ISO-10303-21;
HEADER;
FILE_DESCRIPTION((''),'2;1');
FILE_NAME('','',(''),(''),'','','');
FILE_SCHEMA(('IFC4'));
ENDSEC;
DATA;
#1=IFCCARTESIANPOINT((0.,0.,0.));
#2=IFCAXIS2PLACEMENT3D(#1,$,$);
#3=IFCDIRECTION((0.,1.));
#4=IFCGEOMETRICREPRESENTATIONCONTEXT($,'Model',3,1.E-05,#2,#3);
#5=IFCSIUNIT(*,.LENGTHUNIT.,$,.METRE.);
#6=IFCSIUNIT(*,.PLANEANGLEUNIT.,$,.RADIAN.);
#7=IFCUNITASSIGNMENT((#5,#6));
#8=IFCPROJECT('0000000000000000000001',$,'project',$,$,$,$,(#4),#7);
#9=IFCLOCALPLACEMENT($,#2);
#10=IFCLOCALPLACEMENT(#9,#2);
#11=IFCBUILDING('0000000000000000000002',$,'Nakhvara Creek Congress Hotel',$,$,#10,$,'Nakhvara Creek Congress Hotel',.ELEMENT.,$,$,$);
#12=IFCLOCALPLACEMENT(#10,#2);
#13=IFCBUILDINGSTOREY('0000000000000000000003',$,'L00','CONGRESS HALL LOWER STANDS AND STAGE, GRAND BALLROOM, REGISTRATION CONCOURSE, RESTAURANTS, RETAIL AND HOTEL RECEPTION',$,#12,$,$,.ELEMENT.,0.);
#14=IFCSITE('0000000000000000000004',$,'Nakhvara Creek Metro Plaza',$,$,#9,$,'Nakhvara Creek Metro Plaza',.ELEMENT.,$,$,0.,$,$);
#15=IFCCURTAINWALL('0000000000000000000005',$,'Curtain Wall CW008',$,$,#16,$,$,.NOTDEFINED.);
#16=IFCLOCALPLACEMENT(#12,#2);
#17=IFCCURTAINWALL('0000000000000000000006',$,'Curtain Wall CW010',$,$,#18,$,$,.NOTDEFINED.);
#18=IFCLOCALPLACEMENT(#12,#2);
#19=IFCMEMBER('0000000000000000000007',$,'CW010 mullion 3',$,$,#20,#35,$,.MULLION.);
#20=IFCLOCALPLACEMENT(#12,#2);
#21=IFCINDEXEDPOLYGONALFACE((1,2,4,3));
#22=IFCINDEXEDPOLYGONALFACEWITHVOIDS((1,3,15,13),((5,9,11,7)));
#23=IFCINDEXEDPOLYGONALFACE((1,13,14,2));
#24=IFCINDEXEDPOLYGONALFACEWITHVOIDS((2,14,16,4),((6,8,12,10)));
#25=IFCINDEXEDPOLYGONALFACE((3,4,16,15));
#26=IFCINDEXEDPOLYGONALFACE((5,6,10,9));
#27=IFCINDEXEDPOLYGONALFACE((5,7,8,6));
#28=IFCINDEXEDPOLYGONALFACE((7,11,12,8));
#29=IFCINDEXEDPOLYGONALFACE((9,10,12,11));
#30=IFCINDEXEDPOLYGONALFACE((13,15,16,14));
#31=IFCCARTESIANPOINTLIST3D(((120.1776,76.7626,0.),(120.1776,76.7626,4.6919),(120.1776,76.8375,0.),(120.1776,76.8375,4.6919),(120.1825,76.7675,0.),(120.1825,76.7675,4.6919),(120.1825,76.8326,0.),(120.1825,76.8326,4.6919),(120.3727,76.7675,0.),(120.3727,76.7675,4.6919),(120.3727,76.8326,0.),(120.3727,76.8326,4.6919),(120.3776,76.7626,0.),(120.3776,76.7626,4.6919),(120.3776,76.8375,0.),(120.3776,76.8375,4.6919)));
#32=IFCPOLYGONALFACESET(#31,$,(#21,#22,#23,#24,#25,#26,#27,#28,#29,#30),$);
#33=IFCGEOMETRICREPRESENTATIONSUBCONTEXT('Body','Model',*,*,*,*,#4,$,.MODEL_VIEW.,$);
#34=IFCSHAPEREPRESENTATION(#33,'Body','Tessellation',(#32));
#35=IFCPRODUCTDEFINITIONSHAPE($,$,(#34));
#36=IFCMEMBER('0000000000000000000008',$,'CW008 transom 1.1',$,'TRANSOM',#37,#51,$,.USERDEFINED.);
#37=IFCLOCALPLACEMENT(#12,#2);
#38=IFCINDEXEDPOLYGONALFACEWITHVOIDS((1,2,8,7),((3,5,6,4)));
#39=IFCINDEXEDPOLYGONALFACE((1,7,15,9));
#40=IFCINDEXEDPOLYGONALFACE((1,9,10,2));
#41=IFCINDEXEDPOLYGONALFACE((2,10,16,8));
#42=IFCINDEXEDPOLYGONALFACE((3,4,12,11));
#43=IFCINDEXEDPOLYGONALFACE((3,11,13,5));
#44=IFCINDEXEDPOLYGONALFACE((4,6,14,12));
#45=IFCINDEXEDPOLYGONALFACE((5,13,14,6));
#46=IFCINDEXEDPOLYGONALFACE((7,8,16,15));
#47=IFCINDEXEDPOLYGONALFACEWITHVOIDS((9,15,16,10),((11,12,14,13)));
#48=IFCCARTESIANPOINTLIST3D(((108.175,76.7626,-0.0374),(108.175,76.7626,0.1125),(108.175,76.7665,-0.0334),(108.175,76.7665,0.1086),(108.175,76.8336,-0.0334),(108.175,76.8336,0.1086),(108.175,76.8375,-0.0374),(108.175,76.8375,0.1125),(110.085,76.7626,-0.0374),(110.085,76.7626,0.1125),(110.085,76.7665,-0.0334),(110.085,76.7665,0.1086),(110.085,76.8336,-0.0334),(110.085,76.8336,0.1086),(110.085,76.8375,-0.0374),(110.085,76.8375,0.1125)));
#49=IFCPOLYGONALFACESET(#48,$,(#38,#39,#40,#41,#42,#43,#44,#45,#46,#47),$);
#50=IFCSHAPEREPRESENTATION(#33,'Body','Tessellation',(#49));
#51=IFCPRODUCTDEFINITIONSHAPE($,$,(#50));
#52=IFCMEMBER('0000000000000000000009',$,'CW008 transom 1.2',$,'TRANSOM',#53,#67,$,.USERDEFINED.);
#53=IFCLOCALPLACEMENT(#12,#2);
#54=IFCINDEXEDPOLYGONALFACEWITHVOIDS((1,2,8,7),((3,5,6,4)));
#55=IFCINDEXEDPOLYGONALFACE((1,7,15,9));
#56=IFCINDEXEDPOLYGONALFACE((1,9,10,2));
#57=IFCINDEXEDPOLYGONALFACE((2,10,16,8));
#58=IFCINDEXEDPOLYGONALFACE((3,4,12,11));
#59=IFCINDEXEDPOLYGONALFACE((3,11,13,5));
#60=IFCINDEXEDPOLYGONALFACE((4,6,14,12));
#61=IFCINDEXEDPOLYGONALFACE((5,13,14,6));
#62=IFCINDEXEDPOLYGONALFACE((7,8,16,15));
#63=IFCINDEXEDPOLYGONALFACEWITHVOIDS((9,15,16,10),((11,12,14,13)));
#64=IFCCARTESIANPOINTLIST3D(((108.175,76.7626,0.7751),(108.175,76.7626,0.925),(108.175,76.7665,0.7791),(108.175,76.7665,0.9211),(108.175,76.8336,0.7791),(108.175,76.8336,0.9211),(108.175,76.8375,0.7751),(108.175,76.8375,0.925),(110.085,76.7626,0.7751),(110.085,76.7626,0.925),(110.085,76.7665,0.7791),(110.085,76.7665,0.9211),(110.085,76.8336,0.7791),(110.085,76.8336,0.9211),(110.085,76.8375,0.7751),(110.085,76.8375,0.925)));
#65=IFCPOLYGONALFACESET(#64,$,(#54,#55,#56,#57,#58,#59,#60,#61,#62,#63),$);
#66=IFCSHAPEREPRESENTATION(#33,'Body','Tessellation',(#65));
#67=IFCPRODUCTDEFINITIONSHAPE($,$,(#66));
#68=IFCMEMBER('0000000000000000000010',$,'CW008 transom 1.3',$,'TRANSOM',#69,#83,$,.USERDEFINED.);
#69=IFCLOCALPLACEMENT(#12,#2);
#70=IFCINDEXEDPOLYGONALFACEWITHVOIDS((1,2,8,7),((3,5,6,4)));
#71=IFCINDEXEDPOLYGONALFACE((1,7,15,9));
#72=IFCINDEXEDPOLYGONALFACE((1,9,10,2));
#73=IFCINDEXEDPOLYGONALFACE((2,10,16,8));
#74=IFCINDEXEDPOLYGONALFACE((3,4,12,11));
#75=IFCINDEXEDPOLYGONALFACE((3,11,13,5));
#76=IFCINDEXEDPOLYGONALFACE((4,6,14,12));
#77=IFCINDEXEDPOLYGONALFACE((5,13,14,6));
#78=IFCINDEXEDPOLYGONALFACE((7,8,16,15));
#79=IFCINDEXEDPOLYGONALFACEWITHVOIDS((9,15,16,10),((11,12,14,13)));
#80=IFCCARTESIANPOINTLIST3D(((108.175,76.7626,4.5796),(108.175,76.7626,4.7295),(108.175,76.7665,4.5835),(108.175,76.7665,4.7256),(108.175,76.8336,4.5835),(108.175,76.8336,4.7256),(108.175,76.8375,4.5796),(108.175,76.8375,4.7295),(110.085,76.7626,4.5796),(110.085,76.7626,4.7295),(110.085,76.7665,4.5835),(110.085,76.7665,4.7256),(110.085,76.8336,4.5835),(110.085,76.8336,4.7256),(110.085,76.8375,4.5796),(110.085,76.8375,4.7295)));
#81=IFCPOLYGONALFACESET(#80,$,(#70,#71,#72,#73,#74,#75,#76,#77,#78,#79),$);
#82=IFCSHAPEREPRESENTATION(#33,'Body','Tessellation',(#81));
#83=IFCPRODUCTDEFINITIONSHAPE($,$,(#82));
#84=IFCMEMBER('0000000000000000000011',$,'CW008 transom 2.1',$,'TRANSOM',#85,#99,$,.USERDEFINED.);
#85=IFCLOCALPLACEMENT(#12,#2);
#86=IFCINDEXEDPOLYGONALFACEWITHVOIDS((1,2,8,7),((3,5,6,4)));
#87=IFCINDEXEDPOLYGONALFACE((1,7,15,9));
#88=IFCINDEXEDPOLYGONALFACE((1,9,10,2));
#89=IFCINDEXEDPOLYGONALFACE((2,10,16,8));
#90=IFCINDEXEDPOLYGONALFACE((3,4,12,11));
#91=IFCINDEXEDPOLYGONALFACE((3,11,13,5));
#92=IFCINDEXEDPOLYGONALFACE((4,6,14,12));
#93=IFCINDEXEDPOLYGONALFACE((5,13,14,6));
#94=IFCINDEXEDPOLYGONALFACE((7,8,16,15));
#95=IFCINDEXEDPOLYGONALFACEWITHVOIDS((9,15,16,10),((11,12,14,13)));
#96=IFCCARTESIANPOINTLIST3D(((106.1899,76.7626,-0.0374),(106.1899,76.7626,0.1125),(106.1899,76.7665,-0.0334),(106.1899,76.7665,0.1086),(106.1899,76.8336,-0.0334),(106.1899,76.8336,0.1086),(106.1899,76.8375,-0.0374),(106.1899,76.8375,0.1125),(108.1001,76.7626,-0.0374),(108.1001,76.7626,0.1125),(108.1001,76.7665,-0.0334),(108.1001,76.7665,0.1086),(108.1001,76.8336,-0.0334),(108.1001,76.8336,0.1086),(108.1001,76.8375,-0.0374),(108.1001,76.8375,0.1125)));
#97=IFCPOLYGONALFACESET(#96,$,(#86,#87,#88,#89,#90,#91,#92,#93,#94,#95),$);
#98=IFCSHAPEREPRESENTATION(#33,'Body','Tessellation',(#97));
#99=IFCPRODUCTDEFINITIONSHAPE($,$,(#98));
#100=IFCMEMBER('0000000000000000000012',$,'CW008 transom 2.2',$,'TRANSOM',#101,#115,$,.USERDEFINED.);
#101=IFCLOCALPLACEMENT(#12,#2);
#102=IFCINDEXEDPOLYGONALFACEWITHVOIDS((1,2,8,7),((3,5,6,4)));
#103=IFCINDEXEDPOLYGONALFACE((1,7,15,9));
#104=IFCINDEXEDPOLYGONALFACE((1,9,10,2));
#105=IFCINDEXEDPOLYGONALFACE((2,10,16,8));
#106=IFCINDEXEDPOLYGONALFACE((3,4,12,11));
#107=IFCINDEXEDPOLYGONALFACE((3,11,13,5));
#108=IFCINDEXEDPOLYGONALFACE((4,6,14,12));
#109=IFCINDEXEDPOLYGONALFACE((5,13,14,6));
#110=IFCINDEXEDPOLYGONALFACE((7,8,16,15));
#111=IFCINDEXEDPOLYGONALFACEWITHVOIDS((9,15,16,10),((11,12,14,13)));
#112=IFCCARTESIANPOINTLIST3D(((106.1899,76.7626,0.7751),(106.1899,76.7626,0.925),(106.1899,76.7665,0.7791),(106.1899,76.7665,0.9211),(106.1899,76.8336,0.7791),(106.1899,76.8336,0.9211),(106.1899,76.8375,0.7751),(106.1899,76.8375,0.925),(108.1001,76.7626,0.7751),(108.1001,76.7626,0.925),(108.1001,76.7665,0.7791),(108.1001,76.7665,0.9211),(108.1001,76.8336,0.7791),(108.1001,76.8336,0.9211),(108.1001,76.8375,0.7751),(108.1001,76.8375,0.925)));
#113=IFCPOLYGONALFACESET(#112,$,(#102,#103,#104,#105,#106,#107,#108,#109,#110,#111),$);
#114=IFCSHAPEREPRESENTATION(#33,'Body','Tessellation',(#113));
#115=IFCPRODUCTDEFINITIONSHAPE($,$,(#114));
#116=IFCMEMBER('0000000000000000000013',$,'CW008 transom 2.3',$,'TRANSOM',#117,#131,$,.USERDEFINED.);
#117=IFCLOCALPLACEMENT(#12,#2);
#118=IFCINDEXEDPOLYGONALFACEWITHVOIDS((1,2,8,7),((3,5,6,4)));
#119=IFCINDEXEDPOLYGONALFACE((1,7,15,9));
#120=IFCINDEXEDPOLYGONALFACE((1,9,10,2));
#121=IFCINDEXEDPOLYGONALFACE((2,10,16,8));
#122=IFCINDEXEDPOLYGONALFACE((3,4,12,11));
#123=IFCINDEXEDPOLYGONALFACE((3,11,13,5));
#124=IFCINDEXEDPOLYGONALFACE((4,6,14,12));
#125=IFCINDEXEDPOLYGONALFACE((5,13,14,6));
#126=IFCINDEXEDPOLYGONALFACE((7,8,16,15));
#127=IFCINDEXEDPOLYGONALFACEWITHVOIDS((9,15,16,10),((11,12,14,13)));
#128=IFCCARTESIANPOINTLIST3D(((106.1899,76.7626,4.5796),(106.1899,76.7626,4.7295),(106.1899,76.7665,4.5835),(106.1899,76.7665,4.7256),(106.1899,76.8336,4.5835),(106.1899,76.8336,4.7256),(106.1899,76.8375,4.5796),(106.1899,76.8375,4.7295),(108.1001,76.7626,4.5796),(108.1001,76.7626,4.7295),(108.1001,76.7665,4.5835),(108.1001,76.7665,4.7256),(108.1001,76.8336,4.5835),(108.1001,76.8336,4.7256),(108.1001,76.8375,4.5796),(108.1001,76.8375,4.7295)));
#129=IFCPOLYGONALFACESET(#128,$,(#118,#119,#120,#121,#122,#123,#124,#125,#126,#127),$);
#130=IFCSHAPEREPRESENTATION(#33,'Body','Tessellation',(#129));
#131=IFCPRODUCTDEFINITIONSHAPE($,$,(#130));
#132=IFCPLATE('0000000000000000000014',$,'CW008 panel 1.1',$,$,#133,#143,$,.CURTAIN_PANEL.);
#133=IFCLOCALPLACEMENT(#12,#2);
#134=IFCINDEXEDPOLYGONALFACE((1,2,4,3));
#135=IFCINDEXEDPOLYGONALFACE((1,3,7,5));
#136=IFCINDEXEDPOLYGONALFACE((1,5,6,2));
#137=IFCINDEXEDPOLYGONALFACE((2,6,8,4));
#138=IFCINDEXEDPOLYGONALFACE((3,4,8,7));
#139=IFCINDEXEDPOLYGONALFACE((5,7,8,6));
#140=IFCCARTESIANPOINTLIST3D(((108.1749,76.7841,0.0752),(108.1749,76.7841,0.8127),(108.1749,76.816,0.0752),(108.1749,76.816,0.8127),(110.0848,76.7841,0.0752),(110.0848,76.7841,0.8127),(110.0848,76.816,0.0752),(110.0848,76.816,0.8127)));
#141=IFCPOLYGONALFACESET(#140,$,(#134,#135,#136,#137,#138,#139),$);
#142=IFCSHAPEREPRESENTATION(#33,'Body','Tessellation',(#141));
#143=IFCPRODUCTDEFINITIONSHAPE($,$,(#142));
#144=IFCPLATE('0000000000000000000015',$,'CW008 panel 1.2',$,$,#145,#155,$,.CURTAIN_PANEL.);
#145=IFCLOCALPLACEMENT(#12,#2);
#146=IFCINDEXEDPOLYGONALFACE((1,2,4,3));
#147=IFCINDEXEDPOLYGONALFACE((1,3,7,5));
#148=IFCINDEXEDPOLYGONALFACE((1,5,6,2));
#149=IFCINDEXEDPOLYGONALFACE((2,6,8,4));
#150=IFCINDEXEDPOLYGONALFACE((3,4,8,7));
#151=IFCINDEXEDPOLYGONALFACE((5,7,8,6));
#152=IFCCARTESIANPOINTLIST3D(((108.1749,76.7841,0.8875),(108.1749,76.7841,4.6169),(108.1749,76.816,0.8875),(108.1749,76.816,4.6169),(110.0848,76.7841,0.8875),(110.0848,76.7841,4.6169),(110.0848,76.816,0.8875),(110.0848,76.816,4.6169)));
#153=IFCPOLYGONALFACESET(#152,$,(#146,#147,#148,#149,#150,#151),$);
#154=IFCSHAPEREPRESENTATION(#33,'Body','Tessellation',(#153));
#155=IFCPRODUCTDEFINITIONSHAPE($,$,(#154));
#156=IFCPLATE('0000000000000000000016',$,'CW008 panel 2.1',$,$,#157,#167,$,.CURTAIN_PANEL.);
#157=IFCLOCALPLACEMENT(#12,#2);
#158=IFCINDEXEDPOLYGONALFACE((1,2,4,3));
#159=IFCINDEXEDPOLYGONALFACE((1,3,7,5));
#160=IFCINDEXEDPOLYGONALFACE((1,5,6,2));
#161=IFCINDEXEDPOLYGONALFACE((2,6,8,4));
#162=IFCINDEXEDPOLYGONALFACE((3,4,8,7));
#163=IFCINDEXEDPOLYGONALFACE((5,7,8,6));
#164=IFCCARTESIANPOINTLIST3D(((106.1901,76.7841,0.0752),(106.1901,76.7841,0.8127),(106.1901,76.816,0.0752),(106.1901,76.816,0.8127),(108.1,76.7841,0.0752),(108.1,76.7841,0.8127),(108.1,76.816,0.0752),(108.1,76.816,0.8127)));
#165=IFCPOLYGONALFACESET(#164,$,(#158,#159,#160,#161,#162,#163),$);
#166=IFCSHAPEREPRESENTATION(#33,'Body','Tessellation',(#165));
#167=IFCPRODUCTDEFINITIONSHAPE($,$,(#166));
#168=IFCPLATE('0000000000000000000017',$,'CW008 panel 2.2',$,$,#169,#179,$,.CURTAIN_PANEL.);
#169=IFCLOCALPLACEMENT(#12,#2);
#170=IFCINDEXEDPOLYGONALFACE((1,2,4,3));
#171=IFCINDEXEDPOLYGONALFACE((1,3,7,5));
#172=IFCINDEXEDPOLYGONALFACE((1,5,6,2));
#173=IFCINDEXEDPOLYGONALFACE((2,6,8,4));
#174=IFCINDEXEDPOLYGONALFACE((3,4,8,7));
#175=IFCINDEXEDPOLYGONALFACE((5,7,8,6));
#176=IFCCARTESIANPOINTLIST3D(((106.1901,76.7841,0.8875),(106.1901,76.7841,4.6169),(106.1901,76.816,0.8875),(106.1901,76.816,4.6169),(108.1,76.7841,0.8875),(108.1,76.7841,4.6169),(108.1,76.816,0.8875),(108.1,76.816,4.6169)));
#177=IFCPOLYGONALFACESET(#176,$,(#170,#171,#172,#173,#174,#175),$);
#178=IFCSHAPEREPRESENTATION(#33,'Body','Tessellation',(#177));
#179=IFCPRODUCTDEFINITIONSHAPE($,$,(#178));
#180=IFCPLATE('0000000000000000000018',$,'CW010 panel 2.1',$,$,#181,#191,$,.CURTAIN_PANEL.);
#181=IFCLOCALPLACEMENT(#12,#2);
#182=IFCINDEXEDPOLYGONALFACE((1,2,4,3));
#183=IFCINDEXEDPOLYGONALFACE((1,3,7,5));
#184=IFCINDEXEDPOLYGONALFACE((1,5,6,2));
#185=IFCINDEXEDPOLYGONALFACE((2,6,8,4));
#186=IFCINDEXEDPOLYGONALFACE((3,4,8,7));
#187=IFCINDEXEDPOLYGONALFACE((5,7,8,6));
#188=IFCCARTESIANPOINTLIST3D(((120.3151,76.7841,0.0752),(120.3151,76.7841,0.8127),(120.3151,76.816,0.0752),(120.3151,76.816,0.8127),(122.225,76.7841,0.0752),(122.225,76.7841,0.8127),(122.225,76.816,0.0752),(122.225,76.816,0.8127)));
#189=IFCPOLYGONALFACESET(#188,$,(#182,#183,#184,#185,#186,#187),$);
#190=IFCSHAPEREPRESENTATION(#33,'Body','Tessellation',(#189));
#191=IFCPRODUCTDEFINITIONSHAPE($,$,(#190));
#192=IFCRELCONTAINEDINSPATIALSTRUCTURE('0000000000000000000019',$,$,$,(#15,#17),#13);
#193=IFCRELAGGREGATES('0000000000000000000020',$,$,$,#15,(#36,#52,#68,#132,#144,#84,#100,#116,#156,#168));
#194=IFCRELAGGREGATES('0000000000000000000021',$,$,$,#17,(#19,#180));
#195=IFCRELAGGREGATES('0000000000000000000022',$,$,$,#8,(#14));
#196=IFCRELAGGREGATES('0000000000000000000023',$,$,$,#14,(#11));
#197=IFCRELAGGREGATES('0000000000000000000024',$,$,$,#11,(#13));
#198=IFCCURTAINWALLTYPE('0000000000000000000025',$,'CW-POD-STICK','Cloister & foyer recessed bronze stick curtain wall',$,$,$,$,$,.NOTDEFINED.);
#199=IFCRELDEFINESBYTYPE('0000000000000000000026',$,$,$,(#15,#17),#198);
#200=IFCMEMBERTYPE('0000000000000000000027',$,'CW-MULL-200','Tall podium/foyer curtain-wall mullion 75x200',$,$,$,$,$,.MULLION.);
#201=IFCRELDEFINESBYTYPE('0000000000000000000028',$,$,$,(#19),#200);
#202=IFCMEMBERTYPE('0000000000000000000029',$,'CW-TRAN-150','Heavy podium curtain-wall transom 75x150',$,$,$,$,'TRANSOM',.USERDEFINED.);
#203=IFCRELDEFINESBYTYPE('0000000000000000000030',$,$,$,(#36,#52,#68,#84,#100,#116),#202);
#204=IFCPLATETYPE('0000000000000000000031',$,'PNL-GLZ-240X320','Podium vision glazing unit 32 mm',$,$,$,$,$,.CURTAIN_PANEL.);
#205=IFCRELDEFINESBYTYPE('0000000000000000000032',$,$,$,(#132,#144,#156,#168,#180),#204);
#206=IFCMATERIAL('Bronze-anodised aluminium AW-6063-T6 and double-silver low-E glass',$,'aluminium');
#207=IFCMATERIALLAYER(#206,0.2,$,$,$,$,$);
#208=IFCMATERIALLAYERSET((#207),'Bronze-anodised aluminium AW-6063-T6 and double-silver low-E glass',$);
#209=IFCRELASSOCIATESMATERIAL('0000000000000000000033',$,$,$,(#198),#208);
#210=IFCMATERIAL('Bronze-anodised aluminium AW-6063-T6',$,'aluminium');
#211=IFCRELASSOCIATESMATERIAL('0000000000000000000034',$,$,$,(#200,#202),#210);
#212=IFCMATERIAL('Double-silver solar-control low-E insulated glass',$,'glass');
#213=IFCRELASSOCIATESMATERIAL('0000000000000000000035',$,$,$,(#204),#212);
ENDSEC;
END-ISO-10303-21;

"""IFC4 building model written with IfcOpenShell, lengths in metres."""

from ifc_helpers import new_model, si_unit, direction, frame, origin, origin_2d, place, context, subcontext, project, spatial, rectangle, hollow_rectangle, extrude, material, layer, layer_set, material_profile, profile_set, type_object, element, aggregate, save


model = new_model("IFC4")

# Units and contexts
model_context = context("Model", 3, precision=1e-05, world=origin(), true_north=direction((0.0, 1.0)))
body_context = subcontext(model_context, "Body", "Model", "MODEL_VIEW")
ifc_project = project(units=[si_unit("LENGTHUNIT", "METRE"), si_unit("PLANEANGLEUNIT", "RADIAN")], contexts=[model_context])

# Site, building, storey
site_placement = place(None, origin())
site = spatial("IfcSite", under=ifc_project, at=site_placement, Name="Nakhvara Creek Metro Plaza", LongName="Nakhvara Creek Metro Plaza", CompositionType="ELEMENT", RefElevation=0.0)
building_placement = place(site_placement, origin())
building = spatial("IfcBuilding", under=site, at=building_placement, Name="Nakhvara Creek Congress Hotel", LongName="Nakhvara Creek Congress Hotel", CompositionType="ELEMENT")
storey_placement = place(building_placement, origin())
storey = spatial("IfcBuildingStorey", under=building, at=storey_placement, Name="L00", Description="CONGRESS HALL LOWER STANDS AND STAGE, GRAND BALLROOM, REGISTRATION CONCOURSE, RESTAURANTS, RETAIL AND HOTEL RECEPTION", CompositionType="ELEMENT", Elevation=0.0)

# Curtain wall
ifc_material_1 = material(Name="Bronze-anodised aluminium AW-6063-T6 and double-silver low-E glass", Category="aluminium")
ifc_layer_1 = layer(ifc_material_1, 0.2)
ifc_layer_set_1 = layer_set([ifc_layer_1], Name="Bronze-anodised aluminium AW-6063-T6 and double-silver low-E glass")
curtain_wall_type = type_object("IfcCurtainWallType", Name="CW-POD-STICK", Description="Cloister & foyer recessed bronze stick curtain wall", PredefinedType="NOTDEFINED", material=ifc_layer_set_1)
curtain_wall_1_placement = place(storey_placement, origin())
curtain_wall_1 = element("IfcCurtainWall", 1, at=curtain_wall_1_placement, inside=storey, type_object=curtain_wall_type, Name="Curtain Wall CW008", PredefinedType="NOTDEFINED")
ifc_material_2 = material(Name="Bronze-anodised aluminium AW-6063-T6", Category="aluminium")
ifc_material_profile_1 = material_profile(ifc_material_2, hollow_rectangle(XDim=0.075, YDim=0.2, WallThickness=0.0049, at=origin_2d()), Name="ALU-MULL 75x200x5", Category="LoadBearing")
ifc_profile_set_1 = profile_set([ifc_material_profile_1], Name="Bronze-anodised aluminium AW-6063-T6")
member_type_1 = type_object("IfcMemberType", Name="CW-MULL-200", Description="Tall podium/foyer curtain-wall mullion 75x200", PredefinedType="MULLION", material=ifc_profile_set_1)

# Curtain wall, member
curtain_wall_2_placement = place(storey_placement, origin())
curtain_wall_2 = element("IfcCurtainWall", 2, at=curtain_wall_2_placement, inside=storey, type_object=curtain_wall_type, Name="Curtain Wall CW010", PredefinedType="NOTDEFINED")
member_1_placement = place(storey_placement, frame((120.2776, 76.8, 0.0), z_axis=(0.0, 0.0, 1.0), x_axis=(0.0, -1.0, 0.0)))
member_1 = element("IfcMember", 3, at=member_1_placement, type_object=member_type_1, Name="CW010 mullion 3", PredefinedType="MULLION", context=body_context, shape_type="SweptSolid", body=[
    extrude(hollow_rectangle(XDim=0.075, YDim=0.2, WallThickness=0.0049, at=origin_2d()), origin(), (0.0, 0.0, 1.0), 4.6919),
])

# Members
ifc_material_profile_2 = material_profile(ifc_material_2, hollow_rectangle(XDim=0.075, YDim=0.1499, WallThickness=0.0039, at=origin_2d()), Name="ALU-TRAN 75x150x4", Category="LoadBearing")
ifc_profile_set_2 = profile_set([ifc_material_profile_2], Name="Bronze-anodised aluminium AW-6063-T6")
member_type_2 = type_object("IfcMemberType", Name="CW-TRAN-150", Description="Heavy podium curtain-wall transom 75x150", ElementType="TRANSOM", PredefinedType="USERDEFINED", material=ifc_profile_set_2)
member_2_placement = place(storey_placement, frame((110.085, 76.8, 0.0376), z_axis=(-1.0, 0.0, 0.0), x_axis=(0.0, -1.0, 0.0)))
member_2 = element("IfcMember", 4, at=member_2_placement, type_object=member_type_2, Name="CW008 transom 1.1", ObjectType="TRANSOM", PredefinedType="USERDEFINED", context=body_context, shape_type="SweptSolid", body=[
    extrude(hollow_rectangle(XDim=0.075, YDim=0.1499, WallThickness=0.0039, at=origin_2d()), origin(), (0.0, 0.0, 1.0), 1.9099),
])
member_3_placement = place(storey_placement, frame((110.085, 76.8, 0.8501), z_axis=(-1.0, 0.0, 0.0), x_axis=(0.0, -1.0, 0.0)))
member_3 = element("IfcMember", 5, at=member_3_placement, type_object=member_type_2, Name="CW008 transom 1.2", ObjectType="TRANSOM", PredefinedType="USERDEFINED", context=body_context, shape_type="SweptSolid", body=[
    extrude(hollow_rectangle(XDim=0.075, YDim=0.1499, WallThickness=0.0039, at=origin_2d()), origin(), (0.0, 0.0, 1.0), 1.9099),
])
member_4_placement = place(storey_placement, frame((110.085, 76.8, 4.6545), z_axis=(-1.0, 0.0, 0.0), x_axis=(0.0, -1.0, 0.0)))
member_4 = element("IfcMember", 6, at=member_4_placement, type_object=member_type_2, Name="CW008 transom 1.3", ObjectType="TRANSOM", PredefinedType="USERDEFINED", context=body_context, shape_type="SweptSolid", body=[
    extrude(hollow_rectangle(XDim=0.075, YDim=0.1499, WallThickness=0.0039, at=origin_2d()), origin(), (0.0, 0.0, 1.0), 1.9099),
])
member_5_placement = place(storey_placement, frame((108.1001, 76.8, 0.0376), z_axis=(-1.0, 0.0, 0.0), x_axis=(0.0, -1.0, 0.0)))
member_5 = element("IfcMember", 7, at=member_5_placement, type_object=member_type_2, Name="CW008 transom 2.1", ObjectType="TRANSOM", PredefinedType="USERDEFINED", context=body_context, shape_type="SweptSolid", body=[
    extrude(hollow_rectangle(XDim=0.075, YDim=0.1499, WallThickness=0.0039, at=origin_2d()), origin(), (0.0, 0.0, 1.0), 1.9102),
])
member_6_placement = place(storey_placement, frame((108.1001, 76.8, 0.8501), z_axis=(-1.0, 0.0, 0.0), x_axis=(0.0, -1.0, 0.0)))
member_6 = element("IfcMember", 8, at=member_6_placement, type_object=member_type_2, Name="CW008 transom 2.2", ObjectType="TRANSOM", PredefinedType="USERDEFINED", context=body_context, shape_type="SweptSolid", body=[
    extrude(hollow_rectangle(XDim=0.075, YDim=0.1499, WallThickness=0.0039, at=origin_2d()), origin(), (0.0, 0.0, 1.0), 1.9102),
])
member_7_placement = place(storey_placement, frame((108.1001, 76.8, 4.6545), z_axis=(-1.0, 0.0, 0.0), x_axis=(0.0, -1.0, 0.0)))
member_7 = element("IfcMember", 9, at=member_7_placement, type_object=member_type_2, Name="CW008 transom 2.3", ObjectType="TRANSOM", PredefinedType="USERDEFINED", context=body_context, shape_type="SweptSolid", body=[
    extrude(hollow_rectangle(XDim=0.075, YDim=0.1499, WallThickness=0.0039, at=origin_2d()), origin(), (0.0, 0.0, 1.0), 1.9102),
])

# Plates
ifc_material_3 = material(Name="Double-silver solar-control low-E insulated glass", Category="glass")
plate_type = type_object("IfcPlateType", Name="PNL-GLZ-240X320", Description="Podium vision glazing unit 32 mm", PredefinedType="CURTAIN_PANEL", material=ifc_material_3)
plate_1_placement = place(storey_placement, frame((109.1299, 76.8, 0.0752), z_axis=(0.0, 0.0, 1.0), x_axis=(-1.0, 0.0, 0.0)))
plate_1 = element("IfcPlate", 10, at=plate_1_placement, type_object=plate_type, Name="CW008 panel 1.1", PredefinedType="CURTAIN_PANEL", context=body_context, shape_type="SweptSolid", body=[
    extrude(rectangle(XDim=1.9099, YDim=0.032, at=origin_2d()), origin(), (0.0, 0.0, 1.0), 0.7375),
])
plate_2_placement = place(storey_placement, frame((109.1299, 76.8, 0.8875), z_axis=(0.0, 0.0, 1.0), x_axis=(-1.0, 0.0, 0.0)))
plate_2 = element("IfcPlate", 11, at=plate_2_placement, type_object=plate_type, Name="CW008 panel 1.2", PredefinedType="CURTAIN_PANEL", context=body_context, shape_type="SweptSolid", body=[
    extrude(rectangle(XDim=1.9099, YDim=0.032, at=origin_2d()), origin(), (0.0, 0.0, 1.0), 3.7295),
])
plate_3_placement = place(storey_placement, frame((107.145, 76.8, 0.0752), z_axis=(0.0, 0.0, 1.0), x_axis=(-1.0, 0.0, 0.0)))
plate_3 = element("IfcPlate", 12, at=plate_3_placement, type_object=plate_type, Name="CW008 panel 2.1", PredefinedType="CURTAIN_PANEL", context=body_context, shape_type="SweptSolid", body=[
    extrude(rectangle(XDim=1.9099, YDim=0.032, at=origin_2d()), origin(), (0.0, 0.0, 1.0), 0.7375),
])
plate_4_placement = place(storey_placement, frame((107.145, 76.8, 0.8875), z_axis=(0.0, 0.0, 1.0), x_axis=(-1.0, 0.0, 0.0)))
plate_4 = element("IfcPlate", 13, at=plate_4_placement, type_object=plate_type, Name="CW008 panel 2.2", PredefinedType="CURTAIN_PANEL", context=body_context, shape_type="SweptSolid", body=[
    extrude(rectangle(XDim=1.9099, YDim=0.032, at=origin_2d()), origin(), (0.0, 0.0, 1.0), 3.7295),
])
aggregate(curtain_wall_1, [member_2, member_3, member_4, plate_1, plate_2, member_5, member_6, member_7, plate_3, plate_4])
plate_5_placement = place(storey_placement, frame((121.27, 76.8, 0.0752), z_axis=(0.0, 0.0, 1.0), x_axis=(-1.0, 0.0, 0.0)))
plate_5 = element("IfcPlate", 14, at=plate_5_placement, type_object=plate_type, Name="CW010 panel 2.1", PredefinedType="CURTAIN_PANEL", context=body_context, shape_type="SweptSolid", body=[
    extrude(rectangle(XDim=1.9099, YDim=0.032, at=origin_2d()), origin(), (0.0, 0.0, 1.0), 0.7375),
])
aggregate(curtain_wall_2, [member_1, plate_5])

save(model, "model.ifc")
